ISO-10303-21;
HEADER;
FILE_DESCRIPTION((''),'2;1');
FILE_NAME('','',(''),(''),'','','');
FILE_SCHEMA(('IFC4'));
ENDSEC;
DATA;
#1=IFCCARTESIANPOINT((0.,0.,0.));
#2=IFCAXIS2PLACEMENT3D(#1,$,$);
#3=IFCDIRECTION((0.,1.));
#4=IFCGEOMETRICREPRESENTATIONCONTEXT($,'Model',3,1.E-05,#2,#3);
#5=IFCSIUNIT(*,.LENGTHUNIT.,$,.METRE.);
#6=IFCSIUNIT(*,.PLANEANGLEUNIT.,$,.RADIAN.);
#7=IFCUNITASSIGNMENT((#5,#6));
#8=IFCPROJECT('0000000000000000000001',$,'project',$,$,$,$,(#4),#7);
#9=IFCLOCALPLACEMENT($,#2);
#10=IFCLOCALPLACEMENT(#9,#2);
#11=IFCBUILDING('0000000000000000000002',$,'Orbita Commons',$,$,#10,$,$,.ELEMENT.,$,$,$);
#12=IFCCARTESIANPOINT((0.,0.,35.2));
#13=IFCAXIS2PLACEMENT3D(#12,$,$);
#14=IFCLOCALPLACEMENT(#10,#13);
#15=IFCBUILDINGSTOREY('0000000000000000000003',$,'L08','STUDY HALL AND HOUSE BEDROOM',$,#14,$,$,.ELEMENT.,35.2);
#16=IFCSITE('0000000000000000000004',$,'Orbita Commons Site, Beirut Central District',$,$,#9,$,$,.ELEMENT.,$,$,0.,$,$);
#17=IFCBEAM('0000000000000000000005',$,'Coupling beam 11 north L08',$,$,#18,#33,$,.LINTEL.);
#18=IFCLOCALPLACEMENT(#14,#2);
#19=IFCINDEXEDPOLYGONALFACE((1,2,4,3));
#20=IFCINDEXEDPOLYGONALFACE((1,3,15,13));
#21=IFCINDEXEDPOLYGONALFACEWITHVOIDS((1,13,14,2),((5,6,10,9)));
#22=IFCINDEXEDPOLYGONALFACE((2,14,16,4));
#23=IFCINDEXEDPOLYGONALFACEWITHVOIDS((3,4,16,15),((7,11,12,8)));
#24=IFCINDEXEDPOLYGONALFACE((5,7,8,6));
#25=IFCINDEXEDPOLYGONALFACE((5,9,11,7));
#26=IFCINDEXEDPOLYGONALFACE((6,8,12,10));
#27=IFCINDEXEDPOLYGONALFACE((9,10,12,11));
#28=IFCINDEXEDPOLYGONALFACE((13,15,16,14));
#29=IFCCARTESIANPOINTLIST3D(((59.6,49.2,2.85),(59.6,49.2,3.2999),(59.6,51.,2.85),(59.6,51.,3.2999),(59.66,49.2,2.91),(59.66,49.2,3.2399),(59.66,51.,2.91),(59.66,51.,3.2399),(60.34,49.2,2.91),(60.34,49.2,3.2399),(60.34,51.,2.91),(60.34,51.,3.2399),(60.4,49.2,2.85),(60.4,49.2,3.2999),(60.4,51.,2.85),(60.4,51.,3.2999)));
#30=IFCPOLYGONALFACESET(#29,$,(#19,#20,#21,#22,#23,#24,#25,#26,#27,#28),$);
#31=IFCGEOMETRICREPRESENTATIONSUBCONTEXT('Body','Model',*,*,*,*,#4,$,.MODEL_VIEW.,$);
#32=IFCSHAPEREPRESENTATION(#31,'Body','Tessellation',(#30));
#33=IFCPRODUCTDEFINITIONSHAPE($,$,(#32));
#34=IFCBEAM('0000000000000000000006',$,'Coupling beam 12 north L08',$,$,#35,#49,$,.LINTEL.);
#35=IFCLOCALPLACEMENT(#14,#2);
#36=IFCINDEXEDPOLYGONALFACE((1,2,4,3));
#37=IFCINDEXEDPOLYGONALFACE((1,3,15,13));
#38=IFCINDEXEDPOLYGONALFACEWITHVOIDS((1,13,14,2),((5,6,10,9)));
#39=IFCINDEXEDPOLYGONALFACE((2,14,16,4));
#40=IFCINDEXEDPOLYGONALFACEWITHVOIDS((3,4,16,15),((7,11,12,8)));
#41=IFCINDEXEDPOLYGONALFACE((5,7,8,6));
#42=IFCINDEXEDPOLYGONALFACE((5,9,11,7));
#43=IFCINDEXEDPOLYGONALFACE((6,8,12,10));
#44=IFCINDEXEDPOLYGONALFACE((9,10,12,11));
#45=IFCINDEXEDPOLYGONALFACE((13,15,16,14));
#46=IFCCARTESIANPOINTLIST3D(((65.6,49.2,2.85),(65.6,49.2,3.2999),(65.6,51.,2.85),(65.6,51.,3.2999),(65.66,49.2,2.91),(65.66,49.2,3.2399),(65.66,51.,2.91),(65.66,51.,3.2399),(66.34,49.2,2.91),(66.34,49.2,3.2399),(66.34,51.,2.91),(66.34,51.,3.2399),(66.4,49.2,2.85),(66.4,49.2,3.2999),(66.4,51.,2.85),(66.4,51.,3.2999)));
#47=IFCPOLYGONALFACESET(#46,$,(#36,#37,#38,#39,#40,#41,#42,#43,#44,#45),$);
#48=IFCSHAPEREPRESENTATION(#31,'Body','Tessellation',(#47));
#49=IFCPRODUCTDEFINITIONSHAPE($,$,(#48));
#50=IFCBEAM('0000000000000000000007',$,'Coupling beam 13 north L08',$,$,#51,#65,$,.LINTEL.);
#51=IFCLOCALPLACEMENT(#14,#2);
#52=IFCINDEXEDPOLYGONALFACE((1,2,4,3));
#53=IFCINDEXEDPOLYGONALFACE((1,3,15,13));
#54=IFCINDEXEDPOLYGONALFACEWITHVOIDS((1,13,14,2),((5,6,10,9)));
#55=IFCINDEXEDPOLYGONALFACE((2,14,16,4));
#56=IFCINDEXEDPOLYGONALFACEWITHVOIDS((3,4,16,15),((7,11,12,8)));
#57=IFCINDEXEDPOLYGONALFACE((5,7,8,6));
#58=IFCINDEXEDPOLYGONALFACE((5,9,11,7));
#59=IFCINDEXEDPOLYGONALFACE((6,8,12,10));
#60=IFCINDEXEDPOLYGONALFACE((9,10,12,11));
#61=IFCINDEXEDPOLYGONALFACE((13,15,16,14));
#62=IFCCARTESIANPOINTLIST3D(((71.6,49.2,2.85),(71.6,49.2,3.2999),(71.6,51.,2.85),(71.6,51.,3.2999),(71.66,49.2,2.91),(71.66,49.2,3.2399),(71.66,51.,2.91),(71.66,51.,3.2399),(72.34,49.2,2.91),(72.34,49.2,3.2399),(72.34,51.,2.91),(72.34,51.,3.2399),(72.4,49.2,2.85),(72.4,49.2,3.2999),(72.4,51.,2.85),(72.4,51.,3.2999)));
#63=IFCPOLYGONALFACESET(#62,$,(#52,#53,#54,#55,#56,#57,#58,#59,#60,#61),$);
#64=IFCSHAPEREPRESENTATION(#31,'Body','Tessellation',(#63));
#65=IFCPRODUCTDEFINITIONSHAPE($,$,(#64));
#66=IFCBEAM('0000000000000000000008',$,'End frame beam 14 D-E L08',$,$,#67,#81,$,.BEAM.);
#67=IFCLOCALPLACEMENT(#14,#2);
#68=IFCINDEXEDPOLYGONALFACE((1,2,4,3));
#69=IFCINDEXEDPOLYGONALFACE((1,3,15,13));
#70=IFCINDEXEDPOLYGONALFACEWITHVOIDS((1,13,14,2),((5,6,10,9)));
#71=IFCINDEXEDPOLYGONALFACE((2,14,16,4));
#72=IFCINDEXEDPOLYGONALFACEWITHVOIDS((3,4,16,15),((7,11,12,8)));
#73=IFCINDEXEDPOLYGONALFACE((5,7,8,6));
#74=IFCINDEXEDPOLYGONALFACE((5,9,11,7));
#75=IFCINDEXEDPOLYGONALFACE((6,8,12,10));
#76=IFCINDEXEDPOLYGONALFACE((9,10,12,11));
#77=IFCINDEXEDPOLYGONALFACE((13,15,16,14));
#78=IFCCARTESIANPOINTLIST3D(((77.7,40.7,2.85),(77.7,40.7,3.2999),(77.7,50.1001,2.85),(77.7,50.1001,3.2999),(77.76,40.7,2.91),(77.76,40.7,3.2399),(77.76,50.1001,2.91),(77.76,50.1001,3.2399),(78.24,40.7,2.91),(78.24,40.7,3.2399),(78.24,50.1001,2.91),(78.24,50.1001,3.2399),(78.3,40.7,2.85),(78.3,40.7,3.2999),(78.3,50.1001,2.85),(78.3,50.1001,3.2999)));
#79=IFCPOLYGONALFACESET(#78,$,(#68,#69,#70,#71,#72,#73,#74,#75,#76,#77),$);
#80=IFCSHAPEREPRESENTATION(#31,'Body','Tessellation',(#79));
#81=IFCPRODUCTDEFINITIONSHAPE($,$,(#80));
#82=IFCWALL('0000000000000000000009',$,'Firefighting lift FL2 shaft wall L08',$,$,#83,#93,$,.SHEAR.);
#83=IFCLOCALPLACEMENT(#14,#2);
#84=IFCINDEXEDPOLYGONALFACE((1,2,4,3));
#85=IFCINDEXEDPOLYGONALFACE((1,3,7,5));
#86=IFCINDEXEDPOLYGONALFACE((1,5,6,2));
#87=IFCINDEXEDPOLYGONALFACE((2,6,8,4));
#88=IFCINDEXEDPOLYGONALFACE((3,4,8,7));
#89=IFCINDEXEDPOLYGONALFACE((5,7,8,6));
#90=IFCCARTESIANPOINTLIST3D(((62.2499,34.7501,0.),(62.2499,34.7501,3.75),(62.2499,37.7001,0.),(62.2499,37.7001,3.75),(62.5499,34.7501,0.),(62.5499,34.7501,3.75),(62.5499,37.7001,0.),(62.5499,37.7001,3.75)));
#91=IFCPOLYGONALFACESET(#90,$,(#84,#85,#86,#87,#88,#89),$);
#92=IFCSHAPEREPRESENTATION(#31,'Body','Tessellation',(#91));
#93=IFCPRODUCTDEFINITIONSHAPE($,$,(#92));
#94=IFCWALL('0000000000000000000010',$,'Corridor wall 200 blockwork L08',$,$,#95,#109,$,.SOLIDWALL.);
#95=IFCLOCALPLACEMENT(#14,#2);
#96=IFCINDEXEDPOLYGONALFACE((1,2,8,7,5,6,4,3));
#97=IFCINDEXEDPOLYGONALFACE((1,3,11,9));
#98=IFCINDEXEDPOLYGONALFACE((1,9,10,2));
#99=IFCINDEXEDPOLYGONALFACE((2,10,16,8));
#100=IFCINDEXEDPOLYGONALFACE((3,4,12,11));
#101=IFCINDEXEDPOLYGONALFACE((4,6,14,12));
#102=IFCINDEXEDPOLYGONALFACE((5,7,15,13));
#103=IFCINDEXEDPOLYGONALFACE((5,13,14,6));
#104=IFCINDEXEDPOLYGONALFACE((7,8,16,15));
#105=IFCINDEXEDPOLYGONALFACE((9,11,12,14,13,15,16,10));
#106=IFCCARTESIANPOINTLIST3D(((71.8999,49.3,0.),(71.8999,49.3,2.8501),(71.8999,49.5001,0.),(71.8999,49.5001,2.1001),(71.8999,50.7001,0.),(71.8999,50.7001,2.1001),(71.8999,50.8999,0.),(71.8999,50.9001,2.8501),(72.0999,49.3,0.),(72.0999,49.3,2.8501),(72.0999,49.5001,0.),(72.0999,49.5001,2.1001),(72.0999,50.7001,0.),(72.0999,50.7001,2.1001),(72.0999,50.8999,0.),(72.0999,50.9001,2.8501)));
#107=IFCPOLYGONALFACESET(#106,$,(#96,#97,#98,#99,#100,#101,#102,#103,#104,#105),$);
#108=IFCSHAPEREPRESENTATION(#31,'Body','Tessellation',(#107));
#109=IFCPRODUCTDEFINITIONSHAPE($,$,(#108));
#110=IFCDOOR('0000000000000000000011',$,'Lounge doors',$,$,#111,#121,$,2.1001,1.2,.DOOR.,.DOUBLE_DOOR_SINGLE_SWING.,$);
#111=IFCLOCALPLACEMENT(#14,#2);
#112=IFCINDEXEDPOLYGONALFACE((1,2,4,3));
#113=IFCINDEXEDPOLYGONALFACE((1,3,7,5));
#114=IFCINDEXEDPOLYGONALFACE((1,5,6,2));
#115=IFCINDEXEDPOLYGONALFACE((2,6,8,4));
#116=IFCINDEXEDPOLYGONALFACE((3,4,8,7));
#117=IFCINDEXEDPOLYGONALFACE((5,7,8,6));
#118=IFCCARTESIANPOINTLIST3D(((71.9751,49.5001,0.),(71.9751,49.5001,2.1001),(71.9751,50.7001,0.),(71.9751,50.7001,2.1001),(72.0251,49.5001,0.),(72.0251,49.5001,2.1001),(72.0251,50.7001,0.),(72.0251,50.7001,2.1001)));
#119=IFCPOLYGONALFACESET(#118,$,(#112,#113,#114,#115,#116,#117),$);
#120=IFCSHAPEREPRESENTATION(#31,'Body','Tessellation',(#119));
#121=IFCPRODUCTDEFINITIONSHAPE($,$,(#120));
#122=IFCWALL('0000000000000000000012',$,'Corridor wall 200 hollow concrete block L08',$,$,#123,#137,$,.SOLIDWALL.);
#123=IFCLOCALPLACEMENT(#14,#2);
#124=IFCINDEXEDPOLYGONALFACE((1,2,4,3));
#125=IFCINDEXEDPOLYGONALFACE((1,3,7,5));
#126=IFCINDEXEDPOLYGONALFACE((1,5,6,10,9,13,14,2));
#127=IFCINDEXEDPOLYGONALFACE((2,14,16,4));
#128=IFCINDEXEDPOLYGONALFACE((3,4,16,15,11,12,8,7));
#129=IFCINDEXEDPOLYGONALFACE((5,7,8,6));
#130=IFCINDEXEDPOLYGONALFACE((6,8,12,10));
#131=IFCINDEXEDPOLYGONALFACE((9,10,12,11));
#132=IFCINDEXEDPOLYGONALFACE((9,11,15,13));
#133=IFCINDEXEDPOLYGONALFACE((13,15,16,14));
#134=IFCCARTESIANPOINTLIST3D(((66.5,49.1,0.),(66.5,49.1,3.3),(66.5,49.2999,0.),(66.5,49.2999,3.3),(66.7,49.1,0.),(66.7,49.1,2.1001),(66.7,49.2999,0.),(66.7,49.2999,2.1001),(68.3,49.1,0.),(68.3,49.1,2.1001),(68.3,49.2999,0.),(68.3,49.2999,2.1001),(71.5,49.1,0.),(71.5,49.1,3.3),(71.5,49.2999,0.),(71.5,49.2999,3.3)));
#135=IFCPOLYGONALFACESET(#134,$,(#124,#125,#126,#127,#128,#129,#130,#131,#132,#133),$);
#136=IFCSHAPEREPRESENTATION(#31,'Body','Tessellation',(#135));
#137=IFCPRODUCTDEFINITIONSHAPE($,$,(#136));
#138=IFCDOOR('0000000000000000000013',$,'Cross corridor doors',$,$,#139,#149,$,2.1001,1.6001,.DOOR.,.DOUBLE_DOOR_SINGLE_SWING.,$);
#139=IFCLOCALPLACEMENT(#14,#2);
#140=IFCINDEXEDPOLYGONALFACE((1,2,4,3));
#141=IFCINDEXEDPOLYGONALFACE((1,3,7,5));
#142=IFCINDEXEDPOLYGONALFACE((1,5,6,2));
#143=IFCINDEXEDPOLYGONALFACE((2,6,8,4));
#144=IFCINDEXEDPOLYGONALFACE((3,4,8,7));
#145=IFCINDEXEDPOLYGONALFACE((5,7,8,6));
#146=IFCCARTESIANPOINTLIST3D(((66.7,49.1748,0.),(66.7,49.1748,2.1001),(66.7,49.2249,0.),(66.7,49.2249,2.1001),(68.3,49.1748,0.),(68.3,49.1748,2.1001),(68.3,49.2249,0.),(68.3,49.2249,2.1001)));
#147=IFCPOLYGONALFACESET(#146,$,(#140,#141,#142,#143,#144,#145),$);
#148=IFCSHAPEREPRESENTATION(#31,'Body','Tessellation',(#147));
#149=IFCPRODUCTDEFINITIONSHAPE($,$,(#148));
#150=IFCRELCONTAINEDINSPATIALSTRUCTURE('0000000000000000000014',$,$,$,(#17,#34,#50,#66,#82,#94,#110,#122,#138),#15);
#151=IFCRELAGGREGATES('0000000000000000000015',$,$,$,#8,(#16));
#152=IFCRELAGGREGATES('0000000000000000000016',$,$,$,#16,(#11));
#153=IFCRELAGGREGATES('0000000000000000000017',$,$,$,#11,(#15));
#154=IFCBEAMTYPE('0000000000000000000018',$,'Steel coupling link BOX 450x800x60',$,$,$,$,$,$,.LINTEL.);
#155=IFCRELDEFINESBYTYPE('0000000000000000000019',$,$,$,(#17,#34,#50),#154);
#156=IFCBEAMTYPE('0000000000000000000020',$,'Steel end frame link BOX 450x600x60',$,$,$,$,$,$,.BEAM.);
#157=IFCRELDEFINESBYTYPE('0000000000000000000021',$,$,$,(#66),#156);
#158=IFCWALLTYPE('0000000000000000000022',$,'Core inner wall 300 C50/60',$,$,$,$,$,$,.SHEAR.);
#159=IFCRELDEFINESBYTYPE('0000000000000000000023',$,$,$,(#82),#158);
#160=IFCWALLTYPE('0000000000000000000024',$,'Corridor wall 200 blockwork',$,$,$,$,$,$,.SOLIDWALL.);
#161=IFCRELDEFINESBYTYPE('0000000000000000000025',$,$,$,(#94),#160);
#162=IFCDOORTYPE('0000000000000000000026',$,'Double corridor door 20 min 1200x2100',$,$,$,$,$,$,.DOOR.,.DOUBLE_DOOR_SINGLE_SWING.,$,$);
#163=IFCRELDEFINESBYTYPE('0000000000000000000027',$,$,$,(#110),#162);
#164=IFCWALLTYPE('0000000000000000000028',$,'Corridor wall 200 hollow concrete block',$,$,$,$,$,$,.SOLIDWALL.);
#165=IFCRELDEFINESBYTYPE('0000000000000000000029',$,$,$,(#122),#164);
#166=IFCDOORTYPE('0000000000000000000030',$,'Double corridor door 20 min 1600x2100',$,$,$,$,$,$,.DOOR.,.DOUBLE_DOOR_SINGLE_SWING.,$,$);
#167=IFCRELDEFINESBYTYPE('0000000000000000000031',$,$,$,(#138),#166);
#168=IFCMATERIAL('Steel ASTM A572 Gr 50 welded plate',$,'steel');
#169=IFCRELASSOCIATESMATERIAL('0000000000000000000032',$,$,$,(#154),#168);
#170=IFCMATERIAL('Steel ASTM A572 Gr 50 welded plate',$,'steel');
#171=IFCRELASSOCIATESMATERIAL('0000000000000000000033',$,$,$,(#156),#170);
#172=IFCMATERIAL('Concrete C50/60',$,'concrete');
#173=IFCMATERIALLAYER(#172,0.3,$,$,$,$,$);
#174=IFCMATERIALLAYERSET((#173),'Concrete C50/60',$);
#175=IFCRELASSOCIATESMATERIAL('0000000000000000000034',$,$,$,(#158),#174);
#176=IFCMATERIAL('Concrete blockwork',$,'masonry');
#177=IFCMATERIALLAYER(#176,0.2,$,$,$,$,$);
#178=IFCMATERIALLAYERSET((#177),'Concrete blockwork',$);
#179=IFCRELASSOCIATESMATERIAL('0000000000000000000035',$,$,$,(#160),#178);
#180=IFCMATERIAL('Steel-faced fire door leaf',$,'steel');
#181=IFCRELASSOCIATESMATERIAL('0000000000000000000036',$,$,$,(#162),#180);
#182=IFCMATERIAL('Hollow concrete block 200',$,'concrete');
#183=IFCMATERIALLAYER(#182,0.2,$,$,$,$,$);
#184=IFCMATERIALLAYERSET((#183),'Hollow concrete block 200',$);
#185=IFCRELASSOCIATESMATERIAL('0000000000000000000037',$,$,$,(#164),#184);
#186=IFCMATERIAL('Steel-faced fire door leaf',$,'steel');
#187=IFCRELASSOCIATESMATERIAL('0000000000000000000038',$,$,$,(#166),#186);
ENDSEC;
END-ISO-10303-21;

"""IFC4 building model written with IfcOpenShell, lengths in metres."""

from ifc_helpers import new_model, si_unit, direction, frame, frame_2d, origin, origin_2d, place, context, subcontext, project, spatial, polyline, rectangle, hollow_rectangle, outline, extrude, material, layer, layer_set, material_profile, profile_set, type_object, element, fill, save


model = new_model("IFC4")

# Units and contexts
model_context = context("Model", 3, precision=1e-05, world=origin(), true_north=direction((0.0, 1.0)))
body_context = subcontext(model_context, "Body", "Model", "MODEL_VIEW")
ifc_project = project(units=[si_unit("LENGTHUNIT", "METRE"), si_unit("PLANEANGLEUNIT", "RADIAN")], contexts=[model_context])

# Site, building, storey
site_placement = place(None, origin())
site = spatial("IfcSite", under=ifc_project, at=site_placement, Name="Orbita Commons Site, Beirut Central District", CompositionType="ELEMENT", RefElevation=0.0)
building_placement = place(site_placement, origin())
building = spatial("IfcBuilding", under=site, at=building_placement, Name="Orbita Commons", CompositionType="ELEMENT")
storey_placement = place(building_placement, frame((0.0, 0.0, 35.2)))
storey = spatial("IfcBuildingStorey", under=building, at=storey_placement, Name="L08", Description="STUDY HALL AND HOUSE BEDROOM", CompositionType="ELEMENT", Elevation=35.2)

# Beams
ifc_material_1 = material(Name="Steel ASTM A572 Gr 50 welded plate", Category="steel")
ifc_material_profile_1 = material_profile(ifc_material_1, hollow_rectangle(XDim=0.8, YDim=0.45, WallThickness=0.0601, at=origin_2d()), Name="BOX 450x800x60")
ifc_profile_set_1 = profile_set([ifc_material_profile_1], Name="Steel ASTM A572 Gr 50 welded plate")
beam_type_1 = type_object("IfcBeamType", Name="Steel coupling link BOX 450x800x60", PredefinedType="LINTEL", material=ifc_profile_set_1)
for number, where, z_axis, x_axis, name in (
    (1, (60.0, 49.2, 3.075), (0.0, 1.0, 0.0), (-1.0, 0.0, 0.0), "Coupling beam 11 north L08"),
    (2, (66.0, 49.2, 3.075), (0.0, 1.0, 0.0), (-1.0, 0.0, 0.0), "Coupling beam 12 north L08"),
    (3, (72.0, 49.2, 3.075), (0.0, 1.0, 0.0), (-1.0, 0.0, 0.0), "Coupling beam 13 north L08"),
):
    element("IfcBeam", number, at=place(storey_placement, frame(where, z_axis=z_axis, x_axis=x_axis)), inside=storey, type_object=beam_type_1, Name=name, PredefinedType="LINTEL", context=body_context, shape_type="SweptSolid", body=[
        extrude(hollow_rectangle(XDim=0.8, YDim=0.45, WallThickness=0.0601, at=origin_2d()), origin(), (0.0, 0.0, 1.0), 1.8),
    ])
ifc_material_2 = material(Name="Steel ASTM A572 Gr 50 welded plate", Category="steel")
ifc_material_profile_2 = material_profile(ifc_material_2, hollow_rectangle(XDim=0.6001, YDim=0.45, WallThickness=0.0601, at=origin_2d()), Name="BOX 450x600x60")
ifc_profile_set_2 = profile_set([ifc_material_profile_2], Name="Steel ASTM A572 Gr 50 welded plate")
beam_type_2 = type_object("IfcBeamType", Name="Steel end frame link BOX 450x600x60", PredefinedType="BEAM", material=ifc_profile_set_2)
beam_placement = place(storey_placement, frame((78.0, 40.7, 3.075), z_axis=(0.0, 1.0, 0.0), x_axis=(-1.0, 0.0, 0.0)))
element("IfcBeam", 4, at=beam_placement, inside=storey, type_object=beam_type_2, Name="End frame beam 14 D-E L08", PredefinedType="BEAM", context=body_context, shape_type="SweptSolid", body=[
    extrude(hollow_rectangle(XDim=0.6001, YDim=0.45, WallThickness=0.0601, at=origin_2d()), origin(), (0.0, 0.0, 1.0), 9.4001),
])

# Wall
ifc_material_3 = material(Name="Concrete C50/60", Category="concrete")
ifc_layer_1 = layer(ifc_material_3, 0.3)
ifc_layer_set_1 = layer_set([ifc_layer_1], Name="Concrete C50/60")
wall_type_1 = type_object("IfcWallType", Name="Core inner wall 300 C50/60", PredefinedType="SHEAR", material=ifc_layer_set_1)
wall_1_placement = place(storey_placement, frame((62.3999, 34.75, 0.0), z_axis=(0.0, 0.0, 1.0), x_axis=(0.0, 1.0, 0.0)))
element("IfcWall", 5, at=wall_1_placement, inside=storey, type_object=wall_type_1, Name="Firefighting lift FL2 shaft wall L08", PredefinedType="SHEAR", context=body_context, shape_type="SweptSolid", body=[
    extrude(rectangle(XDim=2.95, YDim=0.3, at=frame_2d((1.4751, 0.0))), origin(), (0.0, 0.0, 1.0), 3.75),
])

# Walls, openings, doors
ifc_material_4 = material(Name="Concrete blockwork", Category="masonry")
ifc_layer_2 = layer(ifc_material_4, 0.2)
ifc_layer_set_2 = layer_set([ifc_layer_2], Name="Concrete blockwork")
wall_type_2 = type_object("IfcWallType", Name="Corridor wall 200 blockwork", PredefinedType="SOLIDWALL", material=ifc_layer_set_2)
wall_2_placement = place(storey_placement, frame((72.0, 49.3, 0.0), z_axis=(0.0, 0.0, 1.0), x_axis=(0.0, 1.0, 0.0)))
wall_2 = element("IfcWall", 6, at=wall_2_placement, inside=storey, type_object=wall_type_2, Name="Corridor wall 200 blockwork L08", PredefinedType="SOLIDWALL", context=body_context, shape_type="SweptSolid", body=[
    extrude(outline(polyline([(0.0, 0.0), (1.5999, 0.0), (1.6001, 2.8501), (0.0, 2.8501), (0.0, 0.0)])), frame((0.0, 0.1001, 0.0), z_axis=(0.0, -1.0, 0.0), x_axis=(1.0, 0.0, 0.0)), (0.0, 0.0, 1.0), 0.2),
])
opening_1_placement = place(wall_2_placement, frame((0.2, 0.0, 0.0)))
opening_1 = element("IfcOpeningElement", 7, at=opening_1_placement, cuts=wall_2, PredefinedType="OPENING", context=body_context, shape_type="SweptSolid", body=[
    extrude(rectangle(XDim=1.2, YDim=2.1001, at=frame_2d((0.6001, 1.05))), frame((0.0, 0.1099, 0.0), z_axis=(0.0, -1.0, 0.0), x_axis=(1.0, 0.0, 0.0)), (0.0, 0.0, 1.0), 0.22),
])
ifc_material_5 = material(Name="Steel-faced fire door leaf", Category="steel")
door_type_1 = type_object("IfcDoorType", Name="Double corridor door 20 min 1200x2100", OperationType="DOUBLE_DOOR_SINGLE_SWING", PredefinedType="DOOR", material=ifc_material_5)
door_1_placement = place(opening_1_placement, origin())
door_1 = element("IfcDoor", 8, at=door_1_placement, inside=storey, type_object=door_type_1, Name="Lounge doors", OperationType="DOUBLE_DOOR_SINGLE_SWING", OverallHeight=2.1001, OverallWidth=1.2, PredefinedType="DOOR", context=body_context, shape_type="SweptSolid", body=[
    extrude(rectangle(XDim=1.2, YDim=2.1001, at=frame_2d((0.6001, 1.05))), frame((0.0, 0.0249, 0.0), z_axis=(0.0, -1.0, 0.0), x_axis=(1.0, 0.0, 0.0)), (0.0, 0.0, 1.0), 0.05),
])
fill(opening_1, door_1)
ifc_material_6 = material(Name="Hollow concrete block 200", Category="concrete")
ifc_layer_3 = layer(ifc_material_6, 0.2)
ifc_layer_set_3 = layer_set([ifc_layer_3], Name="Hollow concrete block 200")
wall_type_3 = type_object("IfcWallType", Name="Corridor wall 200 hollow concrete block", PredefinedType="SOLIDWALL", material=ifc_layer_set_3)
wall_3_placement = place(storey_placement, frame((66.5, 49.2, 0.0), z_axis=(0.0, 0.0, 1.0), x_axis=(1.0, 0.0, 0.0)))
wall_3 = element("IfcWall", 9, at=wall_3_placement, inside=storey, type_object=wall_type_3, Name="Corridor wall 200 hollow concrete block L08", PredefinedType="SOLIDWALL", context=body_context, shape_type="SweptSolid", body=[
    extrude(rectangle(XDim=5.0, YDim=0.2, at=frame_2d((2.5, 0.0))), origin(), (0.0, 0.0, 1.0), 3.3),
])
opening_2_placement = place(wall_3_placement, frame((0.2, 0.0, 0.0)))
opening_2 = element("IfcOpeningElement", 10, at=opening_2_placement, cuts=wall_3, PredefinedType="OPENING", context=body_context, shape_type="SweptSolid", body=[
    extrude(rectangle(XDim=1.6001, YDim=2.1001, at=frame_2d((0.8, 1.05))), frame((0.0, 0.1099, 0.0), z_axis=(0.0, -1.0, 0.0), x_axis=(1.0, 0.0, 0.0)), (0.0, 0.0, 1.0), 0.22),
])
ifc_material_7 = material(Name="Steel-faced fire door leaf", Category="steel")
door_type_2 = type_object("IfcDoorType", Name="Double corridor door 20 min 1600x2100", OperationType="DOUBLE_DOOR_SINGLE_SWING", PredefinedType="DOOR", material=ifc_material_7)
door_2_placement = place(opening_2_placement, origin())
door_2 = element("IfcDoor", 11, at=door_2_placement, inside=storey, type_object=door_type_2, Name="Cross corridor doors", OperationType="DOUBLE_DOOR_SINGLE_SWING", OverallHeight=2.1001, OverallWidth=1.6001, PredefinedType="DOOR", context=body_context, shape_type="SweptSolid", body=[
    extrude(rectangle(XDim=1.6001, YDim=2.1001, at=frame_2d((0.8, 1.05))), frame((0.0, 0.0249, 0.0), z_axis=(0.0, -1.0, 0.0), x_axis=(1.0, 0.0, 0.0)), (0.0, 0.0, 1.0), 0.05),
])
fill(opening_2, door_2)

save(model, "model.ifc")
